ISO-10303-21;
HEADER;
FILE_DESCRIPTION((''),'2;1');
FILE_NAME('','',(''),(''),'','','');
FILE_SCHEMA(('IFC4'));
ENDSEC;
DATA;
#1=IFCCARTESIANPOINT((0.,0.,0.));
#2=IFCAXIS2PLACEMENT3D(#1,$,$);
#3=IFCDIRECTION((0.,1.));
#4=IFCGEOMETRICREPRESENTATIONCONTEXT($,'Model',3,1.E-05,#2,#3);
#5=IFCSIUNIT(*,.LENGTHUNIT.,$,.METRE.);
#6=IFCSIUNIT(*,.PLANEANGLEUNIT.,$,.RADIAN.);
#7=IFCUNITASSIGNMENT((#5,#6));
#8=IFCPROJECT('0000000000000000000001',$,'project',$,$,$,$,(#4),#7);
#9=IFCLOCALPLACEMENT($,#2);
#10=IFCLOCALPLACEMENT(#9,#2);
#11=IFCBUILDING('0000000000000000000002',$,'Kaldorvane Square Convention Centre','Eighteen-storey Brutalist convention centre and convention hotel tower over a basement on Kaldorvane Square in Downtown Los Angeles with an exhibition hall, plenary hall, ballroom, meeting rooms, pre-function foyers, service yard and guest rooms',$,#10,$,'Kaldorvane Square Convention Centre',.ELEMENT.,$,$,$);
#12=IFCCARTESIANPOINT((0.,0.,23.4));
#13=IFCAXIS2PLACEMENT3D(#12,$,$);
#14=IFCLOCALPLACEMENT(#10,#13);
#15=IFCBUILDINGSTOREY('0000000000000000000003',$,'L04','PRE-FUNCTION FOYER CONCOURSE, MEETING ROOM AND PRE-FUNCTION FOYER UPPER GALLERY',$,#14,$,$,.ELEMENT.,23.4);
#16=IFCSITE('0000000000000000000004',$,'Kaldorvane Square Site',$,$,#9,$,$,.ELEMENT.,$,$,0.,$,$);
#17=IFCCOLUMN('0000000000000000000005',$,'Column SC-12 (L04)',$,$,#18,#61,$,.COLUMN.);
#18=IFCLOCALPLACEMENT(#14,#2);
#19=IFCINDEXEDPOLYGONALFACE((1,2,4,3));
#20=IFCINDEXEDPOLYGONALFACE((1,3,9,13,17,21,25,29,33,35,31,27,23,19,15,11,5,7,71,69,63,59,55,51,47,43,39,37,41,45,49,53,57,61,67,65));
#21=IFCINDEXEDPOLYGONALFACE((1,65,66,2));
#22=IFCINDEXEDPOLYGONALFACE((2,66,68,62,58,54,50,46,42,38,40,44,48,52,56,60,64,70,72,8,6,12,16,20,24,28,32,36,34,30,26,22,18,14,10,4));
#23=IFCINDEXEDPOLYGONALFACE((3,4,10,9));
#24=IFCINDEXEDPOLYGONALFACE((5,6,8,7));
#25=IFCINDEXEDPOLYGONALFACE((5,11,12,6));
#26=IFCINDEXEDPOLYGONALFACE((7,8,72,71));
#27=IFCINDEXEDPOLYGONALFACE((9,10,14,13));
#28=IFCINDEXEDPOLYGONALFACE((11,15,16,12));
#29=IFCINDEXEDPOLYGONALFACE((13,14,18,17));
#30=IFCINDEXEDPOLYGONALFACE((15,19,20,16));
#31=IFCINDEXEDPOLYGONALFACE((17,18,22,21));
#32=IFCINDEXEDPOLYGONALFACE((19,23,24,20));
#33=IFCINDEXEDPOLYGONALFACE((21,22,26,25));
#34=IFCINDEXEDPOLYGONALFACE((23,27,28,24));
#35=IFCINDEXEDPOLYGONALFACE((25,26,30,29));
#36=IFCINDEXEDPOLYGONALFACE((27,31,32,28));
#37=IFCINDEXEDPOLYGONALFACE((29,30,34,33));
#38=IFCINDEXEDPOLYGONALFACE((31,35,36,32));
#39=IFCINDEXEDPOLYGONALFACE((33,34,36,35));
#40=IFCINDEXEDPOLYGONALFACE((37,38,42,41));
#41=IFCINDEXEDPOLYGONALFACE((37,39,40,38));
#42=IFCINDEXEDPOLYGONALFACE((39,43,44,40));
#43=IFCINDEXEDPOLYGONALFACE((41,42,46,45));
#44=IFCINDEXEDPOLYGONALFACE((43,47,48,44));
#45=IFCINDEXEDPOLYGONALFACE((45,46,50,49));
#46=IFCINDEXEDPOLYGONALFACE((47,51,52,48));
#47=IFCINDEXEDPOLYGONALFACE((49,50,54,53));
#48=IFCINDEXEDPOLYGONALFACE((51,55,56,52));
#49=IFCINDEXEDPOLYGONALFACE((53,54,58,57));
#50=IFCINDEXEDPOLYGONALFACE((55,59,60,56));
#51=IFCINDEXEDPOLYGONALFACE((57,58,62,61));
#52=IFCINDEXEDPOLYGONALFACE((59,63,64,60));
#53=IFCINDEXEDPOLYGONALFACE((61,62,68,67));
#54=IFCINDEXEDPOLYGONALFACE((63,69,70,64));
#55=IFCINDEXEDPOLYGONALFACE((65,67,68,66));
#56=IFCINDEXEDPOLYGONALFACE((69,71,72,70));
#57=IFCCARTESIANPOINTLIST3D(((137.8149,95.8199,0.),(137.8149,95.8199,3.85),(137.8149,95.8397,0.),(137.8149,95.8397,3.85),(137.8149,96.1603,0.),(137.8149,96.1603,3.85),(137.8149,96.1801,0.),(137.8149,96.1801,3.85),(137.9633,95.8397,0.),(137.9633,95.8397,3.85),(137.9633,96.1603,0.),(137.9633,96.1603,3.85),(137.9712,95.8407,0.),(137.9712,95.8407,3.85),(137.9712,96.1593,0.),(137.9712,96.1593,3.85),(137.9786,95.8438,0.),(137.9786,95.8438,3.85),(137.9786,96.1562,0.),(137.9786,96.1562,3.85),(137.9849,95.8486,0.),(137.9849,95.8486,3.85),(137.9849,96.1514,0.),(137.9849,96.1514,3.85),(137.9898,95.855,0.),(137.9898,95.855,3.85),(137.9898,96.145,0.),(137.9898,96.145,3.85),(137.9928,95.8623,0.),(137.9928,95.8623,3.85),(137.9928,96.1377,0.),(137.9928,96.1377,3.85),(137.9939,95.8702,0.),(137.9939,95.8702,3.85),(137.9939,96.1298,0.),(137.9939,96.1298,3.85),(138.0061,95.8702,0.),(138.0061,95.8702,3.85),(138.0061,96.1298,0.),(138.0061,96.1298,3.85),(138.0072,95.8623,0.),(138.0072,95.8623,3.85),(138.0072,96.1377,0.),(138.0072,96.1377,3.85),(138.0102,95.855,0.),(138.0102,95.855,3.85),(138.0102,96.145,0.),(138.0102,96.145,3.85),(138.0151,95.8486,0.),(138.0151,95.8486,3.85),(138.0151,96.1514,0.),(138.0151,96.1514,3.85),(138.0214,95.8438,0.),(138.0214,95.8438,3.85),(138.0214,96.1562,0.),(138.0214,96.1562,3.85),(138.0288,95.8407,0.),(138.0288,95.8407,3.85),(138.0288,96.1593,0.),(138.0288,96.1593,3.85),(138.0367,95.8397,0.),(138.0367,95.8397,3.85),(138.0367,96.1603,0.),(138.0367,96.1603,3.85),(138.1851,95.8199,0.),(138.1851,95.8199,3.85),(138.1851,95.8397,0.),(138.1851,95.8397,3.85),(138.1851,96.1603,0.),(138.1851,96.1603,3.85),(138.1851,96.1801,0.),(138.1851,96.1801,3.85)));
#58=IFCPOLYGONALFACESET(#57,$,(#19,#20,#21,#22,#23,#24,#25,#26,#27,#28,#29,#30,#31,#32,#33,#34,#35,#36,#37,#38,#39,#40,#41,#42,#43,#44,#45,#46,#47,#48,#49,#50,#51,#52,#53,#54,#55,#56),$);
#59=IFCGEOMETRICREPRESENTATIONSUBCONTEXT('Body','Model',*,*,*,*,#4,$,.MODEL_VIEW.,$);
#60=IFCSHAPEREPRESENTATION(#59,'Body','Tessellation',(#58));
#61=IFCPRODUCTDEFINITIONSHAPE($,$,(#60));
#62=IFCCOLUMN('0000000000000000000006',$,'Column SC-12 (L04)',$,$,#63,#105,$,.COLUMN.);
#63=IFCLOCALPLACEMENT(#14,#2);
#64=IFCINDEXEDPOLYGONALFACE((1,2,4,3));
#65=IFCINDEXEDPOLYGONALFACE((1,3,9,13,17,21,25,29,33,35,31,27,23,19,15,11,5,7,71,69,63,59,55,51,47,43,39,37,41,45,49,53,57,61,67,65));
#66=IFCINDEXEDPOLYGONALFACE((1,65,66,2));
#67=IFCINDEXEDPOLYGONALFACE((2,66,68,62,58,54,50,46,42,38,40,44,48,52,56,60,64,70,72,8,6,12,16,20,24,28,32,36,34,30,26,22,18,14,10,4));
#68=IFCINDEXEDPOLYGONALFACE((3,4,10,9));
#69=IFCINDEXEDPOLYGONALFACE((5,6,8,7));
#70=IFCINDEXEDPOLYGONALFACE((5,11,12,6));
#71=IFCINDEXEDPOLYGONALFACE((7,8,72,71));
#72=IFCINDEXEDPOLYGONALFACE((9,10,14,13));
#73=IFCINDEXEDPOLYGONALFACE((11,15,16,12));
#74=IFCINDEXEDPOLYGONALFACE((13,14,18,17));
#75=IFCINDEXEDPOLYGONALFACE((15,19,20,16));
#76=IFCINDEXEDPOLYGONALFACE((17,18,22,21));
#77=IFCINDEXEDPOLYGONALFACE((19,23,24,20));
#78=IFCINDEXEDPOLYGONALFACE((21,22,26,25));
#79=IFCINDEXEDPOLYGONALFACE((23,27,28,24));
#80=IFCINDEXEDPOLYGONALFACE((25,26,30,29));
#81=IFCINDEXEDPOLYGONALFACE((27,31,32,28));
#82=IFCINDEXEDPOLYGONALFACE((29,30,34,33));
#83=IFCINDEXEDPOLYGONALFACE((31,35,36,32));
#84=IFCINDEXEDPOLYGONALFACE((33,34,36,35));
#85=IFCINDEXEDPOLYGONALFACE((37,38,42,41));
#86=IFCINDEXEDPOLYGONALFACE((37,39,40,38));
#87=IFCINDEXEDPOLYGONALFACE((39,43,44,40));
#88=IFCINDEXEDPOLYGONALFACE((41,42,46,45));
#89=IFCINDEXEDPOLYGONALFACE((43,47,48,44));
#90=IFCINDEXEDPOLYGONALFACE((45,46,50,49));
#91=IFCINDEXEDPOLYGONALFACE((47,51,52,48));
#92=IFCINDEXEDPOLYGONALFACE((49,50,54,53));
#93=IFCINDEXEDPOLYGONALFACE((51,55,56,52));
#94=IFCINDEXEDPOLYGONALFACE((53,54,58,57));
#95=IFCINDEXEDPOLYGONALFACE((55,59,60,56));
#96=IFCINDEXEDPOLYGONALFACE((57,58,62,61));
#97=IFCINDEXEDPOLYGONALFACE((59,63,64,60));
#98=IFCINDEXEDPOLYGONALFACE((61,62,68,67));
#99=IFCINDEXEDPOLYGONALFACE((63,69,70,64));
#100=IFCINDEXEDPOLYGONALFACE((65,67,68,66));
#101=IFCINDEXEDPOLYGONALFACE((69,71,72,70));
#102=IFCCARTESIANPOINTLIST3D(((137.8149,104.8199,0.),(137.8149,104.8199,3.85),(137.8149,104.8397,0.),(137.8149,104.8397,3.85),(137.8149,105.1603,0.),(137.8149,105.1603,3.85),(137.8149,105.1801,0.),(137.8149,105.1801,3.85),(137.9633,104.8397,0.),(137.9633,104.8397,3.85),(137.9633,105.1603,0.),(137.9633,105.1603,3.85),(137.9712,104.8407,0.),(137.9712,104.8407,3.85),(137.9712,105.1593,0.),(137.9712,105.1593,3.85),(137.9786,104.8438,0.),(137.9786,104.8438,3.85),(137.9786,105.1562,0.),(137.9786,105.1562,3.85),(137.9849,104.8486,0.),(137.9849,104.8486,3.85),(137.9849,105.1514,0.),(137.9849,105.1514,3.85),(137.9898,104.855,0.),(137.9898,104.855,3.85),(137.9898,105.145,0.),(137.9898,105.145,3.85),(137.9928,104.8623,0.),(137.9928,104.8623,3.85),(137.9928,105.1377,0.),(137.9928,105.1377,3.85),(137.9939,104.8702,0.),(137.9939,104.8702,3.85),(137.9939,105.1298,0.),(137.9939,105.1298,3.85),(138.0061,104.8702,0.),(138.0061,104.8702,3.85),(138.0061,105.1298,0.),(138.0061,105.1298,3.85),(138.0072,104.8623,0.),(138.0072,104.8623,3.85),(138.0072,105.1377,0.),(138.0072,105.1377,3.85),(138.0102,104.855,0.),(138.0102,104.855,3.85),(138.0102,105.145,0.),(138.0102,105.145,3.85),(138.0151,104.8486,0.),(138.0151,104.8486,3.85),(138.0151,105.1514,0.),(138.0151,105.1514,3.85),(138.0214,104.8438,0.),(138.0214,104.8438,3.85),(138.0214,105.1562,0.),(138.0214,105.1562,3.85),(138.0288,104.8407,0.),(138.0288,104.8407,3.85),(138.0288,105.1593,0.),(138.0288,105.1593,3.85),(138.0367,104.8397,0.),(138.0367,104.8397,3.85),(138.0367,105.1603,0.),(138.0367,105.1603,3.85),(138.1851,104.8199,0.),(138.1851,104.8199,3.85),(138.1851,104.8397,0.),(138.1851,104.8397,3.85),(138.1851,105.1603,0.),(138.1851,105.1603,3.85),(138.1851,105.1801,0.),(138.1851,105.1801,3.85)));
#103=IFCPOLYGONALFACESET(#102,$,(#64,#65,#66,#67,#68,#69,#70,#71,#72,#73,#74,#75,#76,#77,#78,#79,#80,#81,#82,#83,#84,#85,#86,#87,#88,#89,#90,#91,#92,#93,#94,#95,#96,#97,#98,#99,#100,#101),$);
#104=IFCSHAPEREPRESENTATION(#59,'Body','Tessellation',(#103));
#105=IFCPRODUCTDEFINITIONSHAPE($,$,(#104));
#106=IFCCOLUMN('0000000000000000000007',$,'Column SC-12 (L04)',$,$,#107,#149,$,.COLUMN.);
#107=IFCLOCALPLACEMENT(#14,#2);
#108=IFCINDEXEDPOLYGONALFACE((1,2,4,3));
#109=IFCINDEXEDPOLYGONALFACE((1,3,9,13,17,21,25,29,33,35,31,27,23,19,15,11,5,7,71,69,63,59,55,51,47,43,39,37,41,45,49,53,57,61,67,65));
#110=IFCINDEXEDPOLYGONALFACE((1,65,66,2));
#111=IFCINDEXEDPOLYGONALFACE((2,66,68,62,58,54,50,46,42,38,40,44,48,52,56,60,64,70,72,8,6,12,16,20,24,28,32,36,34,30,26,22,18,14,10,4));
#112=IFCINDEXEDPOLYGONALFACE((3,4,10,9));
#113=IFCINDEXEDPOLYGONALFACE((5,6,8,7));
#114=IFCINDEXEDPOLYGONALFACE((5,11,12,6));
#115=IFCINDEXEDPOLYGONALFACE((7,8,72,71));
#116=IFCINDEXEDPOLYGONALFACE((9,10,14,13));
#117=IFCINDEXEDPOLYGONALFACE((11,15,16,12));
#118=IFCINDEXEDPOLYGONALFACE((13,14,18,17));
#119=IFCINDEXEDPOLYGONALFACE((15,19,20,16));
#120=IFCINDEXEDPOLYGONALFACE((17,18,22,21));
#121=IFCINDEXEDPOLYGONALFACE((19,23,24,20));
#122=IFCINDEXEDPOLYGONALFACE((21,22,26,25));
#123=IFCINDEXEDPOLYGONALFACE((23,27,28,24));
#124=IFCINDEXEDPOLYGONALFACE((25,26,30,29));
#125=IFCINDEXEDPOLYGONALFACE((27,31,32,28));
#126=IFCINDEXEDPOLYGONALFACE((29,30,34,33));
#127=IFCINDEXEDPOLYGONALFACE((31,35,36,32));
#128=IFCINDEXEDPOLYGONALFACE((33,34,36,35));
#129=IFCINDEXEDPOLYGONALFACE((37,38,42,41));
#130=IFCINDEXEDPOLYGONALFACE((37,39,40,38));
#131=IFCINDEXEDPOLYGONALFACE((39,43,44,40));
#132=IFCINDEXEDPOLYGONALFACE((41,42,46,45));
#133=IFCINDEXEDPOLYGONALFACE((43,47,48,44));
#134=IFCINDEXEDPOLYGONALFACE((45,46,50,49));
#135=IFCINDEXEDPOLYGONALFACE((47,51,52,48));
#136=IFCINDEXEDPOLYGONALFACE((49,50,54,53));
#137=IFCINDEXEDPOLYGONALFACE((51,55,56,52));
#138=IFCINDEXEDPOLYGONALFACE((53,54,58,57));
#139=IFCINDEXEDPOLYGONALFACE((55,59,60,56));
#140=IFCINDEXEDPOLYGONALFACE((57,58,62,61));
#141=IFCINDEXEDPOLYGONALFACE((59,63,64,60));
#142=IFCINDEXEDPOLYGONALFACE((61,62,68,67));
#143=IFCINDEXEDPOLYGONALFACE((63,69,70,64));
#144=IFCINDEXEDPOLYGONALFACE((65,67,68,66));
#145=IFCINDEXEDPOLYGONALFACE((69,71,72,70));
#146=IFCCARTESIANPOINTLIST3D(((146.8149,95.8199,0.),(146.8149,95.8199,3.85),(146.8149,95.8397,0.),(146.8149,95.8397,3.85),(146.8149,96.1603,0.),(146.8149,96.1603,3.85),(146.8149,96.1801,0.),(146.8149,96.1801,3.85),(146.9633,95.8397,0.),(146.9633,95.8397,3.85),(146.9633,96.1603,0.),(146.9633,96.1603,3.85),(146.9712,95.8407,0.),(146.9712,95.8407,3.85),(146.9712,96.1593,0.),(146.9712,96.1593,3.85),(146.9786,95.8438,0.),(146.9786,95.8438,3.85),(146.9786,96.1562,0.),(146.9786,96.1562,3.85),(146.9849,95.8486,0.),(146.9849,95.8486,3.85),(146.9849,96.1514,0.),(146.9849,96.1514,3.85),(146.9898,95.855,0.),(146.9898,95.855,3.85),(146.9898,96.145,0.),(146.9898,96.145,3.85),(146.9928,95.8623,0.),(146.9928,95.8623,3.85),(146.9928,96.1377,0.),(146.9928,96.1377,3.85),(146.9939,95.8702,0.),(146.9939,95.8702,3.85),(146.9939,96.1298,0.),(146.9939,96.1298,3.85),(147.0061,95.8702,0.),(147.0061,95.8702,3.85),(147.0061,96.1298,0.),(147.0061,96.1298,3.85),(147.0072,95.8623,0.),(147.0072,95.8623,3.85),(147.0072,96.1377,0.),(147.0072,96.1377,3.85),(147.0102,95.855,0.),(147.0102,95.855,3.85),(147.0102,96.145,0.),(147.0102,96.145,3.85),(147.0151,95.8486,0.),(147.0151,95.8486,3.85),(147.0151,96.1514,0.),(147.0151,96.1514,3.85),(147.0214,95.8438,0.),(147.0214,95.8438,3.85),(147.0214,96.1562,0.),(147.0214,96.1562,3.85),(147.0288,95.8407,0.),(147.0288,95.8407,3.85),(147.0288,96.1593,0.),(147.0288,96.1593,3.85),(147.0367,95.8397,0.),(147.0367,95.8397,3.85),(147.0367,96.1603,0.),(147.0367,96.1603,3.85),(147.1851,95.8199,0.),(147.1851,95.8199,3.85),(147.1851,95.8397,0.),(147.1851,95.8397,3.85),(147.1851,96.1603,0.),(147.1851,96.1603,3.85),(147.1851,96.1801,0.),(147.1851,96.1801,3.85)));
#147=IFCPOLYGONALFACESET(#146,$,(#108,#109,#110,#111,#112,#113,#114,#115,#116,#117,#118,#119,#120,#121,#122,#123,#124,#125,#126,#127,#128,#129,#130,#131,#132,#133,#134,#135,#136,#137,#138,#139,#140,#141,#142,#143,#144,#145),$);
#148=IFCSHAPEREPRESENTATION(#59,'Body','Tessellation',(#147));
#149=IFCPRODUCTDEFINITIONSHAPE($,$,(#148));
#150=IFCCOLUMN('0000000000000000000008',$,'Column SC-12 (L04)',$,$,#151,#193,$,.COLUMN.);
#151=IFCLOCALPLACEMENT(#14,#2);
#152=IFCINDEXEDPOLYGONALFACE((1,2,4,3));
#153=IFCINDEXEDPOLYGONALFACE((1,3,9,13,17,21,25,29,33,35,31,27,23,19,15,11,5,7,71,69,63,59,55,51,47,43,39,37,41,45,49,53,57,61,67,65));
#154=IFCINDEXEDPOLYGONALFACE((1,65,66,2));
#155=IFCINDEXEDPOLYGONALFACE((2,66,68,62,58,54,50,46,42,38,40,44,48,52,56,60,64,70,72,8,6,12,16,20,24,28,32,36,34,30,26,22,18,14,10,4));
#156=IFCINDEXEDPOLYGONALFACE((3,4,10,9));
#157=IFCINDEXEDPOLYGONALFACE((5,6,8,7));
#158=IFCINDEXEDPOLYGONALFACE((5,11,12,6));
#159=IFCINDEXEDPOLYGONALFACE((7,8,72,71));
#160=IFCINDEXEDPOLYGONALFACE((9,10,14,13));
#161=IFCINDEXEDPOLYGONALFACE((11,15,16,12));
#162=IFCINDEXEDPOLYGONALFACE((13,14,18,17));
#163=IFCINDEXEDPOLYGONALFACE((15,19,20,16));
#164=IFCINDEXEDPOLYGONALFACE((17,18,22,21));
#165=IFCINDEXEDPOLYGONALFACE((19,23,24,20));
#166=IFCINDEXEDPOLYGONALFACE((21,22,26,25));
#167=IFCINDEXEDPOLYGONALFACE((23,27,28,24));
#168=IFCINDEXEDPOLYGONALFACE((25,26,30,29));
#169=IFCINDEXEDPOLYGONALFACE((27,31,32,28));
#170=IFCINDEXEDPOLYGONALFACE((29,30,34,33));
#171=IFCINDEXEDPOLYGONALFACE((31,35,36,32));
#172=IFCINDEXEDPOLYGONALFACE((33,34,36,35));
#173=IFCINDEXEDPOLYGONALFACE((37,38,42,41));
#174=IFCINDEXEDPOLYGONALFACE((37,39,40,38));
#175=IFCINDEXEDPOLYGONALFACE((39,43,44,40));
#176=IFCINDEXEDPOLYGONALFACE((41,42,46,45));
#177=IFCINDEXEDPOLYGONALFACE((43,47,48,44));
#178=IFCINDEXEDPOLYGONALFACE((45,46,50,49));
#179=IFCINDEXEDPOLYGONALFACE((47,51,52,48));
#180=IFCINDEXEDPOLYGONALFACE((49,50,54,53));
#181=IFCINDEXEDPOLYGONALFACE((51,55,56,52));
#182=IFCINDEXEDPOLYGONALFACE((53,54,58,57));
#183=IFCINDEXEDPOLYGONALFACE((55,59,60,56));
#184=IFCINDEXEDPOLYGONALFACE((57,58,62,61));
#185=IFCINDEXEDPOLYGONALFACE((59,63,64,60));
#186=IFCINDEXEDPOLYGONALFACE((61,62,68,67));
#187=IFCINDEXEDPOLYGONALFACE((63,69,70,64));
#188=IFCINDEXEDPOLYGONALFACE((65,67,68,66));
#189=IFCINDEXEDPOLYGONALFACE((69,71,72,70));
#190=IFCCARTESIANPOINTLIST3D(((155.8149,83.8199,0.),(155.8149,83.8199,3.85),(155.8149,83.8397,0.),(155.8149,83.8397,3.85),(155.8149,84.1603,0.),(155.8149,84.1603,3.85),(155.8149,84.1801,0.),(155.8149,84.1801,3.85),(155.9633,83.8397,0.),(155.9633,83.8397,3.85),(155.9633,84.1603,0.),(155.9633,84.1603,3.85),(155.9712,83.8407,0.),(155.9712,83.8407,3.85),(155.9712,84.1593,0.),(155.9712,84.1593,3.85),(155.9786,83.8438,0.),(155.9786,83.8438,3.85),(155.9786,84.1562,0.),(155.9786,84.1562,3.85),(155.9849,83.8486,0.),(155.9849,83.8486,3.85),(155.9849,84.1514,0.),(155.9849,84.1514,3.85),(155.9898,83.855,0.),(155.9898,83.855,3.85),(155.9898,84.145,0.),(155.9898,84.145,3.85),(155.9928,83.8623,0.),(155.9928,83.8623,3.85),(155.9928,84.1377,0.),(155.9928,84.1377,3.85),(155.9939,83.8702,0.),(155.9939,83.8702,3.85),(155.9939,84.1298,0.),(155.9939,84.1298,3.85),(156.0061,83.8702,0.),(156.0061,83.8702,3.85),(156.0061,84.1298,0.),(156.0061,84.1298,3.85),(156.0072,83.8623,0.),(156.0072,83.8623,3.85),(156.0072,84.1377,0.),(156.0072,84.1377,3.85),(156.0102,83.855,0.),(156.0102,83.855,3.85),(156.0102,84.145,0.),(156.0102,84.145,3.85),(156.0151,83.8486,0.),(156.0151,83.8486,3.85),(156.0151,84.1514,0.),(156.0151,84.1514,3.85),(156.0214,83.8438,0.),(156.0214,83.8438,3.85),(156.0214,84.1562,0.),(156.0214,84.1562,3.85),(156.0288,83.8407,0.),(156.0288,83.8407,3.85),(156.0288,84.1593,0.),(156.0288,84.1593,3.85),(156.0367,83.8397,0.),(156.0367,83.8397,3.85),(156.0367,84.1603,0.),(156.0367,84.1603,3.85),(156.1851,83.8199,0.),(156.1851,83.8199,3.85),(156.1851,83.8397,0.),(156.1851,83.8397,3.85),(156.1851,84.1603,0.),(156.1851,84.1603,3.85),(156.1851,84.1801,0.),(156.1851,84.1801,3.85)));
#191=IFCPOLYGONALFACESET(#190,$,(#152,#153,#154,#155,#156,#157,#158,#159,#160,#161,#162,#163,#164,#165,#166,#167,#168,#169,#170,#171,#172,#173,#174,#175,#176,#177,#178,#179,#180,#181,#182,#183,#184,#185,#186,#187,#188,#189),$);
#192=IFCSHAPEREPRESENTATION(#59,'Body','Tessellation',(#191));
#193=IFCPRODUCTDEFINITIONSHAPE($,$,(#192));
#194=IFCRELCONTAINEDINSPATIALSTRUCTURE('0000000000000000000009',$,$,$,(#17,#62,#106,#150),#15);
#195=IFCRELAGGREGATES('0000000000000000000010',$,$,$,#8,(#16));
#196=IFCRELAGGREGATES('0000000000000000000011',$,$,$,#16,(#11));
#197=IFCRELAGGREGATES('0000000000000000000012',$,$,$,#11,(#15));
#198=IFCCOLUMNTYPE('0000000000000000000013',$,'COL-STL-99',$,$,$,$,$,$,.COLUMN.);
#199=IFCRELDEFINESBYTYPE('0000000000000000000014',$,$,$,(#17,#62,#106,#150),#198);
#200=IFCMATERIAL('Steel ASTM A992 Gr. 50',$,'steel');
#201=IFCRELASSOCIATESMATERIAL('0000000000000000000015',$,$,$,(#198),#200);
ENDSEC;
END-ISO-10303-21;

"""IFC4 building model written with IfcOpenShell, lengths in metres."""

from ifc_helpers import new_model, si_unit, direction, frame, origin, origin_2d, place, context, subcontext, project, spatial, i_section, extrude, material, material_profile, profile_set, type_object, element, save


model = new_model("IFC4")

# Units and contexts
model_context = context("Model", 3, precision=1e-05, world=origin(), true_north=direction((0.0, 1.0)))
body_context = subcontext(model_context, "Body", "Model", "MODEL_VIEW")
ifc_project = project(units=[si_unit("LENGTHUNIT", "METRE"), si_unit("PLANEANGLEUNIT", "RADIAN")], contexts=[model_context])

# Site, building, storey
site_placement = place(None, origin())
site = spatial("IfcSite", under=ifc_project, at=site_placement, Name="Kaldorvane Square Site", CompositionType="ELEMENT", RefElevation=0.0)
building_placement = place(site_placement, origin())
building = spatial("IfcBuilding", under=site, at=building_placement, Name="Kaldorvane Square Convention Centre", Description="Eighteen-storey Brutalist convention centre and convention hotel tower over a basement on Kaldorvane Square in Downtown Los Angeles with an exhibition hall, plenary hall, ballroom, meeting rooms, pre-function foyers, service yard and guest rooms", LongName="Kaldorvane Square Convention Centre", CompositionType="ELEMENT")
storey_placement = place(building_placement, frame((0.0, 0.0, 23.4)))
storey = spatial("IfcBuildingStorey", under=building, at=storey_placement, Name="L04", Description="PRE-FUNCTION FOYER CONCOURSE, MEETING ROOM AND PRE-FUNCTION FOYER UPPER GALLERY", CompositionType="ELEMENT", Elevation=23.4)

# Columns
ifc_material_1 = material(Name="Steel ASTM A992 Gr. 50", Category="steel")
ifc_material_profile_1 = material_profile(ifc_material_1, i_section(OverallWidth=0.3701, OverallDepth=0.3602, WebThickness=0.0123, FlangeThickness=0.0198, FilletRadius=0.0305, at=origin_2d()), Name="W14X99")
ifc_profile_set_1 = profile_set([ifc_material_profile_1], Name="Steel ASTM A992 Gr. 50")
column_type = type_object("IfcColumnType", Name="COL-STL-99", PredefinedType="COLUMN", material=ifc_profile_set_1)
for number, where, z_axis, x_axis, name in (
    (1, (138.0, 96.0, 0.0), (0.0, 0.0, 1.0), (1.0, 0.0, 0.0), "Column SC-12 (L04)"),
    (2, (138.0, 105.0, 0.0), (0.0, 0.0, 1.0), (1.0, 0.0, 0.0), "Column SC-12 (L04)"),
    (3, (147.0, 96.0, 0.0), (0.0, 0.0, 1.0), (1.0, 0.0, 0.0), "Column SC-12 (L04)"),
    (4, (156.0, 84.0, 0.0), (0.0, 0.0, 1.0), (1.0, 0.0, 0.0), "Column SC-12 (L04)"),
):
    element("IfcColumn", number, at=place(storey_placement, frame(where, z_axis=z_axis, x_axis=x_axis)), inside=storey, type_object=column_type, Name=name, PredefinedType="COLUMN", context=body_context, shape_type="SweptSolid", body=[
        extrude(i_section(OverallWidth=0.3701, OverallDepth=0.3602, WebThickness=0.0123, FlangeThickness=0.0198, FilletRadius=0.0305, at=origin_2d()), origin(), (0.0, 0.0, 1.0), 3.85),
    ])

save(model, "model.ifc")
